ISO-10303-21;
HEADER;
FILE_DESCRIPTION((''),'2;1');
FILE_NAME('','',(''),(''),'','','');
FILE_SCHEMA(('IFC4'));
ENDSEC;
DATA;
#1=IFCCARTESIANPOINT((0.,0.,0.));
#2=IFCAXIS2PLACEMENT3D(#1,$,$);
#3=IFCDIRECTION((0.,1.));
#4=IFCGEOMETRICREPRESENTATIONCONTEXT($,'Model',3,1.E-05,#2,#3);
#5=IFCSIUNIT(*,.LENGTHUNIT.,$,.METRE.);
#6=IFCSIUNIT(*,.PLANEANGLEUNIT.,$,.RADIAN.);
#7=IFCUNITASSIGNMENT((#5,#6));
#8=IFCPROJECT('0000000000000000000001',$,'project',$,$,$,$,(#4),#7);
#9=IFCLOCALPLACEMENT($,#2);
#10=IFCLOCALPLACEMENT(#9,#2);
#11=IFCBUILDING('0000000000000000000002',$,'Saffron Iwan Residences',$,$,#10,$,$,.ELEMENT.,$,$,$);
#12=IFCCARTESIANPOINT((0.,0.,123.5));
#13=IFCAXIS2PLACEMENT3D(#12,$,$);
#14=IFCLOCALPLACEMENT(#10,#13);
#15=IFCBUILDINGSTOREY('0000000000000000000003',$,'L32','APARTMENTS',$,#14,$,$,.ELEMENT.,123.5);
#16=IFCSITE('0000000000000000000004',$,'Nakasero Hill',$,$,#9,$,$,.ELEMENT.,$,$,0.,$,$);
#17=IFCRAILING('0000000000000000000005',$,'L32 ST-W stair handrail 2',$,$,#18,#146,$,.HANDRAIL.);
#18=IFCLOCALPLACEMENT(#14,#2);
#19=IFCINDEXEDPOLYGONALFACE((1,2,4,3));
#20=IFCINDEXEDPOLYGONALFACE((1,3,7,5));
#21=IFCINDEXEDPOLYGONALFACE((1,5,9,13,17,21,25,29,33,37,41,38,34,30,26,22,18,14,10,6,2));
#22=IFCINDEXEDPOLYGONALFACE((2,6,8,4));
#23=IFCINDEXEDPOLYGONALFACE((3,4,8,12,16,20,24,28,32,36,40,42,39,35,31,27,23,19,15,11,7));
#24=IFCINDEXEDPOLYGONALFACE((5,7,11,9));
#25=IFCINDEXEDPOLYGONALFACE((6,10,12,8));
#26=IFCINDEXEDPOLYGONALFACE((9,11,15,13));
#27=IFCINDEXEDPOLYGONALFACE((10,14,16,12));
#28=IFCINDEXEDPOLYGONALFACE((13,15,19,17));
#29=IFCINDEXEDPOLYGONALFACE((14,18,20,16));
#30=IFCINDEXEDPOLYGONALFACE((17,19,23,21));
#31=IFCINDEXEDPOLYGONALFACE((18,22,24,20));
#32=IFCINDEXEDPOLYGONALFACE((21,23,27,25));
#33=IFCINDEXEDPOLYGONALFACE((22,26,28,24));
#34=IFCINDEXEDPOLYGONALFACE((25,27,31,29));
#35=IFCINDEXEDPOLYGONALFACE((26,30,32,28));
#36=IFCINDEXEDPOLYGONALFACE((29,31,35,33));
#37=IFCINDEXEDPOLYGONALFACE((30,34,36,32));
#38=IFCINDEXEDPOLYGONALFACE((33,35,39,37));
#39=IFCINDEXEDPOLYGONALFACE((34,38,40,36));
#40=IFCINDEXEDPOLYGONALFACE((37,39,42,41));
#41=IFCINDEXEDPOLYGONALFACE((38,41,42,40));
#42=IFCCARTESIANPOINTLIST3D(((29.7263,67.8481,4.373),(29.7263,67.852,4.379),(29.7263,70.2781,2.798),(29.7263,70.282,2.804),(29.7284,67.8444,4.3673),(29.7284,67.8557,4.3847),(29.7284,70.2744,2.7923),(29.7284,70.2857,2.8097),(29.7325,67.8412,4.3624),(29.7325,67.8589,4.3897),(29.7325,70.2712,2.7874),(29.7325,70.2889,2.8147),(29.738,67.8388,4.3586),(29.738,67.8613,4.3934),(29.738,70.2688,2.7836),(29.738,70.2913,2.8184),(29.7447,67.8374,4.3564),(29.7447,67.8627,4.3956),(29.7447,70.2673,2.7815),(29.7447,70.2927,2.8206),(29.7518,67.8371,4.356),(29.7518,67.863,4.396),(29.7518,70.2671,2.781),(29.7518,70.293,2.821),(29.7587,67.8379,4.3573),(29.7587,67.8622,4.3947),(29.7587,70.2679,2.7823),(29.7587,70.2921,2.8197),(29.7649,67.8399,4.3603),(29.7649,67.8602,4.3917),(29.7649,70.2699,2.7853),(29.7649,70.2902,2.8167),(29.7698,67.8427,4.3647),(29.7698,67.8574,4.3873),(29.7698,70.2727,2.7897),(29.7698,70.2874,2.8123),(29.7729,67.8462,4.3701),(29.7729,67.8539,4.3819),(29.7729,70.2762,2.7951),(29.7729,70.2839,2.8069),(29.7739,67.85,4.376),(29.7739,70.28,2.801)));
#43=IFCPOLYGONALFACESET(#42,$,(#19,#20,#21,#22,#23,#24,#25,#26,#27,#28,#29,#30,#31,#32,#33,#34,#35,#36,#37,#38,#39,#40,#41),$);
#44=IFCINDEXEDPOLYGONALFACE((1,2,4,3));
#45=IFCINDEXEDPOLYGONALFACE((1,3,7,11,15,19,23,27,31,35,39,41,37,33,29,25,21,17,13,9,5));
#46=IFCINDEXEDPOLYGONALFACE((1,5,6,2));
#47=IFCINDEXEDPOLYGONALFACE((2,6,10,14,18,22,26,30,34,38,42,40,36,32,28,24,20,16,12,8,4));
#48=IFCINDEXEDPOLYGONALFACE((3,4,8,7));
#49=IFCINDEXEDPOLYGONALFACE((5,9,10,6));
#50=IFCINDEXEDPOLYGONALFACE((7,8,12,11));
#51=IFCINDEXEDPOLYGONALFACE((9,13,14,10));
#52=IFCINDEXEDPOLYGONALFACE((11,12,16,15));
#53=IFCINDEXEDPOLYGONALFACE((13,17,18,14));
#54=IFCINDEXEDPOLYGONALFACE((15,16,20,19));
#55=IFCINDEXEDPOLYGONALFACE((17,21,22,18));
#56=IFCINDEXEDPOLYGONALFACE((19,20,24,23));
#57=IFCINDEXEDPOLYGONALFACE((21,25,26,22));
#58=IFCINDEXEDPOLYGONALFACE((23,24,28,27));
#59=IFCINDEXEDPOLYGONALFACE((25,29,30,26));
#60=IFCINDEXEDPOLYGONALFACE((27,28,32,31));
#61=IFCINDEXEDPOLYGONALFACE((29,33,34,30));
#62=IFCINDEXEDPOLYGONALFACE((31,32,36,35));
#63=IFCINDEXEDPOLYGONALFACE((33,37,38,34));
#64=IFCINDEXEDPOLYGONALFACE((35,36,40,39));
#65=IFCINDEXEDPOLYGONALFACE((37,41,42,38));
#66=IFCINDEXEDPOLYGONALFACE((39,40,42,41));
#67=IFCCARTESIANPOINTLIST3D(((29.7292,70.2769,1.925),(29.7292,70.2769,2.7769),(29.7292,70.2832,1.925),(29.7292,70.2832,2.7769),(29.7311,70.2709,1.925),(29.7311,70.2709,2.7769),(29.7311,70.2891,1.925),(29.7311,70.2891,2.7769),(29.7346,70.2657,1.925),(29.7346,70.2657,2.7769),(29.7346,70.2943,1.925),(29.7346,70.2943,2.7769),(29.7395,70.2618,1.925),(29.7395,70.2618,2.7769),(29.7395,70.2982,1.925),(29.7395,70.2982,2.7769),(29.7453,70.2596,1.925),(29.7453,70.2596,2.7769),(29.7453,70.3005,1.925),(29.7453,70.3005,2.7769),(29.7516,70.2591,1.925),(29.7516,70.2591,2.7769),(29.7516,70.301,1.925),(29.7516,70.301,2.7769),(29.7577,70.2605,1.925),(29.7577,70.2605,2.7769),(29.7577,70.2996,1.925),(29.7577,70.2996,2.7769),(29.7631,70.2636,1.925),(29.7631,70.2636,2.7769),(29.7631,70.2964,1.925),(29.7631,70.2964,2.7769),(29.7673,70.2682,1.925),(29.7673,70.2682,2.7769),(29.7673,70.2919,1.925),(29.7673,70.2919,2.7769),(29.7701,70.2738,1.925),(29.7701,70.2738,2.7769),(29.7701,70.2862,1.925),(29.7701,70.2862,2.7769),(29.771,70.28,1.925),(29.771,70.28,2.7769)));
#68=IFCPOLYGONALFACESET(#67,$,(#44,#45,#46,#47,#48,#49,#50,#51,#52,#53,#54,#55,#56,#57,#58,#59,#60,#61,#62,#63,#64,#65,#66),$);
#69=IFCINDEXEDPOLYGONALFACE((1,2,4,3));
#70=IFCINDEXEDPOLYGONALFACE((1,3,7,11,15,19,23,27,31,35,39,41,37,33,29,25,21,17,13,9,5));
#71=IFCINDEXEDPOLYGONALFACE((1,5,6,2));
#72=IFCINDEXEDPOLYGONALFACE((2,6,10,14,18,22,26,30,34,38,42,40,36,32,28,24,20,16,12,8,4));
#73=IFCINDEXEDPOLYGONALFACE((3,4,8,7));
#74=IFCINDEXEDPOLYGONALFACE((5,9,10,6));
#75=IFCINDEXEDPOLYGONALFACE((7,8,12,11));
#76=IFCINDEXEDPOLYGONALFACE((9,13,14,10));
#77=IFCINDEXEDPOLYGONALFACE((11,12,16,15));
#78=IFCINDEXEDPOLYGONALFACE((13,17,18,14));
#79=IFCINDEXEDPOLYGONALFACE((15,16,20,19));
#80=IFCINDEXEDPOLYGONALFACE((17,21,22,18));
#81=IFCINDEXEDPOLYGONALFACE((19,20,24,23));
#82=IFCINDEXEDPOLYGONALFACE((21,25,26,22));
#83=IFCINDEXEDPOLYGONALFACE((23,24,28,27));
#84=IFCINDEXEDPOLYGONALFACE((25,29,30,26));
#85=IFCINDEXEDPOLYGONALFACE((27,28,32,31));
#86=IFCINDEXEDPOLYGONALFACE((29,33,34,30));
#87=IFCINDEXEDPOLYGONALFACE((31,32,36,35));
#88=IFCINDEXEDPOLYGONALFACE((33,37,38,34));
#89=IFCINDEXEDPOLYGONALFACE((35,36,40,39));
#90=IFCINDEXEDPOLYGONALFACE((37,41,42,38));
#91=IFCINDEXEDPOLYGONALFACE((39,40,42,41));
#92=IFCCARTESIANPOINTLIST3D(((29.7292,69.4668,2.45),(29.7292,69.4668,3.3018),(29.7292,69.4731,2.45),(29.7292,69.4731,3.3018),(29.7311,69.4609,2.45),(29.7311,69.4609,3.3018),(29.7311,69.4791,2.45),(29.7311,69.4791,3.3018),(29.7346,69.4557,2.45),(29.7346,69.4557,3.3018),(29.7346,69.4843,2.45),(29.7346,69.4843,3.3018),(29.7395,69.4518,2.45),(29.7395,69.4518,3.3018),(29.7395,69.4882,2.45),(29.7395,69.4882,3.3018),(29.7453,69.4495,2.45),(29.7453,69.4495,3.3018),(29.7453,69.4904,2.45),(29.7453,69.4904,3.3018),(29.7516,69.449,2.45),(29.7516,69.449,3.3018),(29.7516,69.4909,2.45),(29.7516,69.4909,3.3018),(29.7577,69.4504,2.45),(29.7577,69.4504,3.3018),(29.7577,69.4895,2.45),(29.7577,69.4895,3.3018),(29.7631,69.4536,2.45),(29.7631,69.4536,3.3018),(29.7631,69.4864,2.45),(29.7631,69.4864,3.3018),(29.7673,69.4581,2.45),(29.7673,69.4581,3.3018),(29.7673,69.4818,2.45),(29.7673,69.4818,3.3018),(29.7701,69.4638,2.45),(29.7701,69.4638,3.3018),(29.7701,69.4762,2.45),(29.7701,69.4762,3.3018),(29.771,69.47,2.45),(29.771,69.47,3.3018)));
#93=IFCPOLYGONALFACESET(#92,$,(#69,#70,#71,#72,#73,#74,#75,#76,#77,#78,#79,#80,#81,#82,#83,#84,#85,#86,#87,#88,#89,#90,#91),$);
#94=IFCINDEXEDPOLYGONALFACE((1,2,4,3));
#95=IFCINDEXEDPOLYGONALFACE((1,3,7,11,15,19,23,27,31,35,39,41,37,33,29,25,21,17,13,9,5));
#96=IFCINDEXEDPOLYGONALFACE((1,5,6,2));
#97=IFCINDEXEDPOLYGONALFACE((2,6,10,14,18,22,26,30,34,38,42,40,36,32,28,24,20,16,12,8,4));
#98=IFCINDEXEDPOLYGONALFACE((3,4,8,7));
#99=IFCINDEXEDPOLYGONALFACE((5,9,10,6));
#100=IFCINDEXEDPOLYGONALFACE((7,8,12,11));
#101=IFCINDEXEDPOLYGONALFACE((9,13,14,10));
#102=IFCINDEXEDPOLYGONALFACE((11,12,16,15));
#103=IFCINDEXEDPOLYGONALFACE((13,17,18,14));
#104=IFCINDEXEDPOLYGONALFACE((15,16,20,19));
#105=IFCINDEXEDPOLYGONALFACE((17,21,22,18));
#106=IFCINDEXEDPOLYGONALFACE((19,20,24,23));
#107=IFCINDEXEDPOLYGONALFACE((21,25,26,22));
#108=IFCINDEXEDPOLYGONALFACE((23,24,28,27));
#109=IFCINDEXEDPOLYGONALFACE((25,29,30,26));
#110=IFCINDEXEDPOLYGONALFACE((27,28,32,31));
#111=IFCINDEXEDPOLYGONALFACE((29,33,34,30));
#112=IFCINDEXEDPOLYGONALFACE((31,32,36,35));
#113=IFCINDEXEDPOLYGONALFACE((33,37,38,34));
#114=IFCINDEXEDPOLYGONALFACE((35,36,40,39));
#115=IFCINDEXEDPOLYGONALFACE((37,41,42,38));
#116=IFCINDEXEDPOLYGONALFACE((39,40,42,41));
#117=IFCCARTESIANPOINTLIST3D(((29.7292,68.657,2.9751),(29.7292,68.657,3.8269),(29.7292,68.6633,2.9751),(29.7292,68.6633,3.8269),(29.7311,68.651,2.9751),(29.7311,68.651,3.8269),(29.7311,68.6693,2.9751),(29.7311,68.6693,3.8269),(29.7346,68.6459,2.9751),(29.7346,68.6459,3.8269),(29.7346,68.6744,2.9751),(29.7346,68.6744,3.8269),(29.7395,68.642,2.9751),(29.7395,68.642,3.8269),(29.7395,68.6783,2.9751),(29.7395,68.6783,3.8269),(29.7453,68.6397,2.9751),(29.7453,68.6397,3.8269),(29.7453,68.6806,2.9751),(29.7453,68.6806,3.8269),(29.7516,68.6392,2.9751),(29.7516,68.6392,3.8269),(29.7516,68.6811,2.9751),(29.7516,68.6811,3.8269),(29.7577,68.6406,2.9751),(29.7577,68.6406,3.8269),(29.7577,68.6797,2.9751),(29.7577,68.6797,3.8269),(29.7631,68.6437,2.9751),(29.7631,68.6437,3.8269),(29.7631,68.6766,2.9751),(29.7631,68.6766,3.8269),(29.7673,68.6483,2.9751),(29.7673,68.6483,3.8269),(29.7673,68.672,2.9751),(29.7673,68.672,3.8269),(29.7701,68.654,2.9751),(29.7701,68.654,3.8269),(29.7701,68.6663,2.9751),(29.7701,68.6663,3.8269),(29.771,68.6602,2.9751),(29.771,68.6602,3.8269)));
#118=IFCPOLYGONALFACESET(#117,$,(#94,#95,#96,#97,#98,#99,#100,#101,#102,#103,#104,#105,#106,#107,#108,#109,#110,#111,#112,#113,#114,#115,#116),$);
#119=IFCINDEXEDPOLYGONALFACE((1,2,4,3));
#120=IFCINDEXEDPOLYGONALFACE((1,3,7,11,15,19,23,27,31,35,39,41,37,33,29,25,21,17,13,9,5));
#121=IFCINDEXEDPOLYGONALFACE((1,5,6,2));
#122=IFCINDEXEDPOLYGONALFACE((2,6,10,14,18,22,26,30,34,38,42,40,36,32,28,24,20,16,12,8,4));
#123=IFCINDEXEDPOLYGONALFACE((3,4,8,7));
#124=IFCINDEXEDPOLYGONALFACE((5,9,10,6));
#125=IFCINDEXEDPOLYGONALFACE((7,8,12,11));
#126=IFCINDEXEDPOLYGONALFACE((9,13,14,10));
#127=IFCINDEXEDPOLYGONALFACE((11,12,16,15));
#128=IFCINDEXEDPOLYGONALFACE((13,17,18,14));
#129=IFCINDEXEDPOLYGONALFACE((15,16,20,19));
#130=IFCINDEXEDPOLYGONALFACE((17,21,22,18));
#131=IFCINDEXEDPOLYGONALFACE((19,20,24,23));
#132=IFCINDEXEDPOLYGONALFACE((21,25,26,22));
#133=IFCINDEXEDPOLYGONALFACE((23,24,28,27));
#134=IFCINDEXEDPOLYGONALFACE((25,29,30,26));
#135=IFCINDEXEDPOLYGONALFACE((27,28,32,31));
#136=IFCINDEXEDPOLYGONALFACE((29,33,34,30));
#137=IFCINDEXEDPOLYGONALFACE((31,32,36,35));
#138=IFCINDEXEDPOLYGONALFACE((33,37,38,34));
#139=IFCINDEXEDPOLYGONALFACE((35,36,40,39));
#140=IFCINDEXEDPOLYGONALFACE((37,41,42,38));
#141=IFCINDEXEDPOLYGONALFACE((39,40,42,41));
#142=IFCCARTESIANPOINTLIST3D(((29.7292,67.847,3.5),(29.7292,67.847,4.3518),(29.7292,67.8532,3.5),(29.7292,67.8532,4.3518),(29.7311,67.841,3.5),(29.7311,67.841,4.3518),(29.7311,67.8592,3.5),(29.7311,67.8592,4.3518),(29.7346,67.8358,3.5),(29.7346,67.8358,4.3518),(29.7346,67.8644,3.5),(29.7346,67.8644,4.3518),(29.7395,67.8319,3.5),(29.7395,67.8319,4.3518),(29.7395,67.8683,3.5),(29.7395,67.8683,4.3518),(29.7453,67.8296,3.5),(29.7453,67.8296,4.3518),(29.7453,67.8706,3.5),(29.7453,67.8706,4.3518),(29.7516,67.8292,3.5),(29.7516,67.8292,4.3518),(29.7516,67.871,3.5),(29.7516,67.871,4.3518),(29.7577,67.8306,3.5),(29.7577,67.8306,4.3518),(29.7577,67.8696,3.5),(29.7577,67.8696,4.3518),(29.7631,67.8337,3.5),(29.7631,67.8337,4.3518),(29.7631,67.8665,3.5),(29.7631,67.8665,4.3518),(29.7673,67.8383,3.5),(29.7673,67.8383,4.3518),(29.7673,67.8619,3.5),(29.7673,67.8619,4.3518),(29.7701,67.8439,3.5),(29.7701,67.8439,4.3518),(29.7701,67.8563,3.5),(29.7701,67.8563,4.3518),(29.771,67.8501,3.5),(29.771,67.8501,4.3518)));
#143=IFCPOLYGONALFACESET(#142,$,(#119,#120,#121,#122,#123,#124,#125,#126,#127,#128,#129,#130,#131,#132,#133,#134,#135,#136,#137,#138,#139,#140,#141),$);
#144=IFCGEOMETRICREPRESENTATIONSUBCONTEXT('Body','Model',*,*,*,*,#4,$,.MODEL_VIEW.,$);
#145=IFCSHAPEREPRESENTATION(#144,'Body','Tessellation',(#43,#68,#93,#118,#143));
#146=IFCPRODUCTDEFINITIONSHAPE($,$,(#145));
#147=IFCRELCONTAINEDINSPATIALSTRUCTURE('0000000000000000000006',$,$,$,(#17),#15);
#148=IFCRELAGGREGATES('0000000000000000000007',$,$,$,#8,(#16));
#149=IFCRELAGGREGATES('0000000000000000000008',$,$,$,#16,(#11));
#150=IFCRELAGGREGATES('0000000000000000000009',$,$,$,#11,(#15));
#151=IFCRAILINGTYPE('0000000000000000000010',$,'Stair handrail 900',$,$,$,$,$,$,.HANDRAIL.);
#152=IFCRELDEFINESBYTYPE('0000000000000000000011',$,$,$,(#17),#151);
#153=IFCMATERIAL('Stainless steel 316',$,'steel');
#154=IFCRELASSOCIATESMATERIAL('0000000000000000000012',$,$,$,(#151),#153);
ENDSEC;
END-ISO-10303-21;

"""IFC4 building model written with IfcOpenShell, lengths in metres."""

from ifc_helpers import new_model, si_unit, direction, frame, origin, origin_2d, place, context, subcontext, project, spatial, circle, extrude, material, type_object, element, save


model = new_model("IFC4")

# Units and contexts
model_context = context("Model", 3, precision=1e-05, world=origin(), true_north=direction((0.0, 1.0)))
body_context = subcontext(model_context, "Body", "Model", "MODEL_VIEW")
ifc_project = project(units=[si_unit("LENGTHUNIT", "METRE"), si_unit("PLANEANGLEUNIT", "RADIAN")], contexts=[model_context])

# Site, building, storey
site_placement = place(None, origin())
site = spatial("IfcSite", under=ifc_project, at=site_placement, Name="Nakasero Hill", CompositionType="ELEMENT", RefElevation=0.0)
building_placement = place(site_placement, origin())
building = spatial("IfcBuilding", under=site, at=building_placement, Name="Saffron Iwan Residences", CompositionType="ELEMENT")
storey_placement = place(building_placement, frame((0.0, 0.0, 123.5)))
storey = spatial("IfcBuildingStorey", under=building, at=storey_placement, Name="L32", Description="APARTMENTS", CompositionType="ELEMENT", Elevation=123.5)

# Railing
ifc_material_1 = material(Name="Stainless steel 316", Category="steel")
railing_type_1 = type_object("IfcRailingType", Name="Stair handrail 900", PredefinedType="HANDRAIL", material=ifc_material_1)
railing_1_placement = place(storey_placement, frame((29.75, 70.28, 1.925)))
element("IfcRailing", 1, at=railing_1_placement, inside=storey, type_object=railing_type_1, Name="L32 ST-W stair handrail 2", PredefinedType="HANDRAIL", context=body_context, shape_type="SweptSolid", body=[
    extrude(circle(Radius=0.0239, at=origin_2d()), frame((0.0, 0.0, 0.876), z_axis=(0.0, -0.839154, 0.543894), x_axis=(1.0, 0.0, 0.0)), (0.0, 0.0, 1.0), 2.8958),
    extrude(circle(Radius=0.021, at=origin_2d()), origin(), (0.0, 0.0, 1.0), 0.8518),
    extrude(circle(Radius=0.021, at=origin_2d()), frame((0.0, -0.8101, 0.5249)), (0.0, 0.0, 1.0), 0.8518),
    extrude(circle(Radius=0.021, at=origin_2d()), frame((0.0, -1.6199, 1.05)), (0.0, 0.0, 1.0), 0.8518),
    extrude(circle(Radius=0.021, at=origin_2d()), frame((0.0, -2.4299, 1.575)), (0.0, 0.0, 1.0), 0.8518),
])

save(model, "model.ifc")
